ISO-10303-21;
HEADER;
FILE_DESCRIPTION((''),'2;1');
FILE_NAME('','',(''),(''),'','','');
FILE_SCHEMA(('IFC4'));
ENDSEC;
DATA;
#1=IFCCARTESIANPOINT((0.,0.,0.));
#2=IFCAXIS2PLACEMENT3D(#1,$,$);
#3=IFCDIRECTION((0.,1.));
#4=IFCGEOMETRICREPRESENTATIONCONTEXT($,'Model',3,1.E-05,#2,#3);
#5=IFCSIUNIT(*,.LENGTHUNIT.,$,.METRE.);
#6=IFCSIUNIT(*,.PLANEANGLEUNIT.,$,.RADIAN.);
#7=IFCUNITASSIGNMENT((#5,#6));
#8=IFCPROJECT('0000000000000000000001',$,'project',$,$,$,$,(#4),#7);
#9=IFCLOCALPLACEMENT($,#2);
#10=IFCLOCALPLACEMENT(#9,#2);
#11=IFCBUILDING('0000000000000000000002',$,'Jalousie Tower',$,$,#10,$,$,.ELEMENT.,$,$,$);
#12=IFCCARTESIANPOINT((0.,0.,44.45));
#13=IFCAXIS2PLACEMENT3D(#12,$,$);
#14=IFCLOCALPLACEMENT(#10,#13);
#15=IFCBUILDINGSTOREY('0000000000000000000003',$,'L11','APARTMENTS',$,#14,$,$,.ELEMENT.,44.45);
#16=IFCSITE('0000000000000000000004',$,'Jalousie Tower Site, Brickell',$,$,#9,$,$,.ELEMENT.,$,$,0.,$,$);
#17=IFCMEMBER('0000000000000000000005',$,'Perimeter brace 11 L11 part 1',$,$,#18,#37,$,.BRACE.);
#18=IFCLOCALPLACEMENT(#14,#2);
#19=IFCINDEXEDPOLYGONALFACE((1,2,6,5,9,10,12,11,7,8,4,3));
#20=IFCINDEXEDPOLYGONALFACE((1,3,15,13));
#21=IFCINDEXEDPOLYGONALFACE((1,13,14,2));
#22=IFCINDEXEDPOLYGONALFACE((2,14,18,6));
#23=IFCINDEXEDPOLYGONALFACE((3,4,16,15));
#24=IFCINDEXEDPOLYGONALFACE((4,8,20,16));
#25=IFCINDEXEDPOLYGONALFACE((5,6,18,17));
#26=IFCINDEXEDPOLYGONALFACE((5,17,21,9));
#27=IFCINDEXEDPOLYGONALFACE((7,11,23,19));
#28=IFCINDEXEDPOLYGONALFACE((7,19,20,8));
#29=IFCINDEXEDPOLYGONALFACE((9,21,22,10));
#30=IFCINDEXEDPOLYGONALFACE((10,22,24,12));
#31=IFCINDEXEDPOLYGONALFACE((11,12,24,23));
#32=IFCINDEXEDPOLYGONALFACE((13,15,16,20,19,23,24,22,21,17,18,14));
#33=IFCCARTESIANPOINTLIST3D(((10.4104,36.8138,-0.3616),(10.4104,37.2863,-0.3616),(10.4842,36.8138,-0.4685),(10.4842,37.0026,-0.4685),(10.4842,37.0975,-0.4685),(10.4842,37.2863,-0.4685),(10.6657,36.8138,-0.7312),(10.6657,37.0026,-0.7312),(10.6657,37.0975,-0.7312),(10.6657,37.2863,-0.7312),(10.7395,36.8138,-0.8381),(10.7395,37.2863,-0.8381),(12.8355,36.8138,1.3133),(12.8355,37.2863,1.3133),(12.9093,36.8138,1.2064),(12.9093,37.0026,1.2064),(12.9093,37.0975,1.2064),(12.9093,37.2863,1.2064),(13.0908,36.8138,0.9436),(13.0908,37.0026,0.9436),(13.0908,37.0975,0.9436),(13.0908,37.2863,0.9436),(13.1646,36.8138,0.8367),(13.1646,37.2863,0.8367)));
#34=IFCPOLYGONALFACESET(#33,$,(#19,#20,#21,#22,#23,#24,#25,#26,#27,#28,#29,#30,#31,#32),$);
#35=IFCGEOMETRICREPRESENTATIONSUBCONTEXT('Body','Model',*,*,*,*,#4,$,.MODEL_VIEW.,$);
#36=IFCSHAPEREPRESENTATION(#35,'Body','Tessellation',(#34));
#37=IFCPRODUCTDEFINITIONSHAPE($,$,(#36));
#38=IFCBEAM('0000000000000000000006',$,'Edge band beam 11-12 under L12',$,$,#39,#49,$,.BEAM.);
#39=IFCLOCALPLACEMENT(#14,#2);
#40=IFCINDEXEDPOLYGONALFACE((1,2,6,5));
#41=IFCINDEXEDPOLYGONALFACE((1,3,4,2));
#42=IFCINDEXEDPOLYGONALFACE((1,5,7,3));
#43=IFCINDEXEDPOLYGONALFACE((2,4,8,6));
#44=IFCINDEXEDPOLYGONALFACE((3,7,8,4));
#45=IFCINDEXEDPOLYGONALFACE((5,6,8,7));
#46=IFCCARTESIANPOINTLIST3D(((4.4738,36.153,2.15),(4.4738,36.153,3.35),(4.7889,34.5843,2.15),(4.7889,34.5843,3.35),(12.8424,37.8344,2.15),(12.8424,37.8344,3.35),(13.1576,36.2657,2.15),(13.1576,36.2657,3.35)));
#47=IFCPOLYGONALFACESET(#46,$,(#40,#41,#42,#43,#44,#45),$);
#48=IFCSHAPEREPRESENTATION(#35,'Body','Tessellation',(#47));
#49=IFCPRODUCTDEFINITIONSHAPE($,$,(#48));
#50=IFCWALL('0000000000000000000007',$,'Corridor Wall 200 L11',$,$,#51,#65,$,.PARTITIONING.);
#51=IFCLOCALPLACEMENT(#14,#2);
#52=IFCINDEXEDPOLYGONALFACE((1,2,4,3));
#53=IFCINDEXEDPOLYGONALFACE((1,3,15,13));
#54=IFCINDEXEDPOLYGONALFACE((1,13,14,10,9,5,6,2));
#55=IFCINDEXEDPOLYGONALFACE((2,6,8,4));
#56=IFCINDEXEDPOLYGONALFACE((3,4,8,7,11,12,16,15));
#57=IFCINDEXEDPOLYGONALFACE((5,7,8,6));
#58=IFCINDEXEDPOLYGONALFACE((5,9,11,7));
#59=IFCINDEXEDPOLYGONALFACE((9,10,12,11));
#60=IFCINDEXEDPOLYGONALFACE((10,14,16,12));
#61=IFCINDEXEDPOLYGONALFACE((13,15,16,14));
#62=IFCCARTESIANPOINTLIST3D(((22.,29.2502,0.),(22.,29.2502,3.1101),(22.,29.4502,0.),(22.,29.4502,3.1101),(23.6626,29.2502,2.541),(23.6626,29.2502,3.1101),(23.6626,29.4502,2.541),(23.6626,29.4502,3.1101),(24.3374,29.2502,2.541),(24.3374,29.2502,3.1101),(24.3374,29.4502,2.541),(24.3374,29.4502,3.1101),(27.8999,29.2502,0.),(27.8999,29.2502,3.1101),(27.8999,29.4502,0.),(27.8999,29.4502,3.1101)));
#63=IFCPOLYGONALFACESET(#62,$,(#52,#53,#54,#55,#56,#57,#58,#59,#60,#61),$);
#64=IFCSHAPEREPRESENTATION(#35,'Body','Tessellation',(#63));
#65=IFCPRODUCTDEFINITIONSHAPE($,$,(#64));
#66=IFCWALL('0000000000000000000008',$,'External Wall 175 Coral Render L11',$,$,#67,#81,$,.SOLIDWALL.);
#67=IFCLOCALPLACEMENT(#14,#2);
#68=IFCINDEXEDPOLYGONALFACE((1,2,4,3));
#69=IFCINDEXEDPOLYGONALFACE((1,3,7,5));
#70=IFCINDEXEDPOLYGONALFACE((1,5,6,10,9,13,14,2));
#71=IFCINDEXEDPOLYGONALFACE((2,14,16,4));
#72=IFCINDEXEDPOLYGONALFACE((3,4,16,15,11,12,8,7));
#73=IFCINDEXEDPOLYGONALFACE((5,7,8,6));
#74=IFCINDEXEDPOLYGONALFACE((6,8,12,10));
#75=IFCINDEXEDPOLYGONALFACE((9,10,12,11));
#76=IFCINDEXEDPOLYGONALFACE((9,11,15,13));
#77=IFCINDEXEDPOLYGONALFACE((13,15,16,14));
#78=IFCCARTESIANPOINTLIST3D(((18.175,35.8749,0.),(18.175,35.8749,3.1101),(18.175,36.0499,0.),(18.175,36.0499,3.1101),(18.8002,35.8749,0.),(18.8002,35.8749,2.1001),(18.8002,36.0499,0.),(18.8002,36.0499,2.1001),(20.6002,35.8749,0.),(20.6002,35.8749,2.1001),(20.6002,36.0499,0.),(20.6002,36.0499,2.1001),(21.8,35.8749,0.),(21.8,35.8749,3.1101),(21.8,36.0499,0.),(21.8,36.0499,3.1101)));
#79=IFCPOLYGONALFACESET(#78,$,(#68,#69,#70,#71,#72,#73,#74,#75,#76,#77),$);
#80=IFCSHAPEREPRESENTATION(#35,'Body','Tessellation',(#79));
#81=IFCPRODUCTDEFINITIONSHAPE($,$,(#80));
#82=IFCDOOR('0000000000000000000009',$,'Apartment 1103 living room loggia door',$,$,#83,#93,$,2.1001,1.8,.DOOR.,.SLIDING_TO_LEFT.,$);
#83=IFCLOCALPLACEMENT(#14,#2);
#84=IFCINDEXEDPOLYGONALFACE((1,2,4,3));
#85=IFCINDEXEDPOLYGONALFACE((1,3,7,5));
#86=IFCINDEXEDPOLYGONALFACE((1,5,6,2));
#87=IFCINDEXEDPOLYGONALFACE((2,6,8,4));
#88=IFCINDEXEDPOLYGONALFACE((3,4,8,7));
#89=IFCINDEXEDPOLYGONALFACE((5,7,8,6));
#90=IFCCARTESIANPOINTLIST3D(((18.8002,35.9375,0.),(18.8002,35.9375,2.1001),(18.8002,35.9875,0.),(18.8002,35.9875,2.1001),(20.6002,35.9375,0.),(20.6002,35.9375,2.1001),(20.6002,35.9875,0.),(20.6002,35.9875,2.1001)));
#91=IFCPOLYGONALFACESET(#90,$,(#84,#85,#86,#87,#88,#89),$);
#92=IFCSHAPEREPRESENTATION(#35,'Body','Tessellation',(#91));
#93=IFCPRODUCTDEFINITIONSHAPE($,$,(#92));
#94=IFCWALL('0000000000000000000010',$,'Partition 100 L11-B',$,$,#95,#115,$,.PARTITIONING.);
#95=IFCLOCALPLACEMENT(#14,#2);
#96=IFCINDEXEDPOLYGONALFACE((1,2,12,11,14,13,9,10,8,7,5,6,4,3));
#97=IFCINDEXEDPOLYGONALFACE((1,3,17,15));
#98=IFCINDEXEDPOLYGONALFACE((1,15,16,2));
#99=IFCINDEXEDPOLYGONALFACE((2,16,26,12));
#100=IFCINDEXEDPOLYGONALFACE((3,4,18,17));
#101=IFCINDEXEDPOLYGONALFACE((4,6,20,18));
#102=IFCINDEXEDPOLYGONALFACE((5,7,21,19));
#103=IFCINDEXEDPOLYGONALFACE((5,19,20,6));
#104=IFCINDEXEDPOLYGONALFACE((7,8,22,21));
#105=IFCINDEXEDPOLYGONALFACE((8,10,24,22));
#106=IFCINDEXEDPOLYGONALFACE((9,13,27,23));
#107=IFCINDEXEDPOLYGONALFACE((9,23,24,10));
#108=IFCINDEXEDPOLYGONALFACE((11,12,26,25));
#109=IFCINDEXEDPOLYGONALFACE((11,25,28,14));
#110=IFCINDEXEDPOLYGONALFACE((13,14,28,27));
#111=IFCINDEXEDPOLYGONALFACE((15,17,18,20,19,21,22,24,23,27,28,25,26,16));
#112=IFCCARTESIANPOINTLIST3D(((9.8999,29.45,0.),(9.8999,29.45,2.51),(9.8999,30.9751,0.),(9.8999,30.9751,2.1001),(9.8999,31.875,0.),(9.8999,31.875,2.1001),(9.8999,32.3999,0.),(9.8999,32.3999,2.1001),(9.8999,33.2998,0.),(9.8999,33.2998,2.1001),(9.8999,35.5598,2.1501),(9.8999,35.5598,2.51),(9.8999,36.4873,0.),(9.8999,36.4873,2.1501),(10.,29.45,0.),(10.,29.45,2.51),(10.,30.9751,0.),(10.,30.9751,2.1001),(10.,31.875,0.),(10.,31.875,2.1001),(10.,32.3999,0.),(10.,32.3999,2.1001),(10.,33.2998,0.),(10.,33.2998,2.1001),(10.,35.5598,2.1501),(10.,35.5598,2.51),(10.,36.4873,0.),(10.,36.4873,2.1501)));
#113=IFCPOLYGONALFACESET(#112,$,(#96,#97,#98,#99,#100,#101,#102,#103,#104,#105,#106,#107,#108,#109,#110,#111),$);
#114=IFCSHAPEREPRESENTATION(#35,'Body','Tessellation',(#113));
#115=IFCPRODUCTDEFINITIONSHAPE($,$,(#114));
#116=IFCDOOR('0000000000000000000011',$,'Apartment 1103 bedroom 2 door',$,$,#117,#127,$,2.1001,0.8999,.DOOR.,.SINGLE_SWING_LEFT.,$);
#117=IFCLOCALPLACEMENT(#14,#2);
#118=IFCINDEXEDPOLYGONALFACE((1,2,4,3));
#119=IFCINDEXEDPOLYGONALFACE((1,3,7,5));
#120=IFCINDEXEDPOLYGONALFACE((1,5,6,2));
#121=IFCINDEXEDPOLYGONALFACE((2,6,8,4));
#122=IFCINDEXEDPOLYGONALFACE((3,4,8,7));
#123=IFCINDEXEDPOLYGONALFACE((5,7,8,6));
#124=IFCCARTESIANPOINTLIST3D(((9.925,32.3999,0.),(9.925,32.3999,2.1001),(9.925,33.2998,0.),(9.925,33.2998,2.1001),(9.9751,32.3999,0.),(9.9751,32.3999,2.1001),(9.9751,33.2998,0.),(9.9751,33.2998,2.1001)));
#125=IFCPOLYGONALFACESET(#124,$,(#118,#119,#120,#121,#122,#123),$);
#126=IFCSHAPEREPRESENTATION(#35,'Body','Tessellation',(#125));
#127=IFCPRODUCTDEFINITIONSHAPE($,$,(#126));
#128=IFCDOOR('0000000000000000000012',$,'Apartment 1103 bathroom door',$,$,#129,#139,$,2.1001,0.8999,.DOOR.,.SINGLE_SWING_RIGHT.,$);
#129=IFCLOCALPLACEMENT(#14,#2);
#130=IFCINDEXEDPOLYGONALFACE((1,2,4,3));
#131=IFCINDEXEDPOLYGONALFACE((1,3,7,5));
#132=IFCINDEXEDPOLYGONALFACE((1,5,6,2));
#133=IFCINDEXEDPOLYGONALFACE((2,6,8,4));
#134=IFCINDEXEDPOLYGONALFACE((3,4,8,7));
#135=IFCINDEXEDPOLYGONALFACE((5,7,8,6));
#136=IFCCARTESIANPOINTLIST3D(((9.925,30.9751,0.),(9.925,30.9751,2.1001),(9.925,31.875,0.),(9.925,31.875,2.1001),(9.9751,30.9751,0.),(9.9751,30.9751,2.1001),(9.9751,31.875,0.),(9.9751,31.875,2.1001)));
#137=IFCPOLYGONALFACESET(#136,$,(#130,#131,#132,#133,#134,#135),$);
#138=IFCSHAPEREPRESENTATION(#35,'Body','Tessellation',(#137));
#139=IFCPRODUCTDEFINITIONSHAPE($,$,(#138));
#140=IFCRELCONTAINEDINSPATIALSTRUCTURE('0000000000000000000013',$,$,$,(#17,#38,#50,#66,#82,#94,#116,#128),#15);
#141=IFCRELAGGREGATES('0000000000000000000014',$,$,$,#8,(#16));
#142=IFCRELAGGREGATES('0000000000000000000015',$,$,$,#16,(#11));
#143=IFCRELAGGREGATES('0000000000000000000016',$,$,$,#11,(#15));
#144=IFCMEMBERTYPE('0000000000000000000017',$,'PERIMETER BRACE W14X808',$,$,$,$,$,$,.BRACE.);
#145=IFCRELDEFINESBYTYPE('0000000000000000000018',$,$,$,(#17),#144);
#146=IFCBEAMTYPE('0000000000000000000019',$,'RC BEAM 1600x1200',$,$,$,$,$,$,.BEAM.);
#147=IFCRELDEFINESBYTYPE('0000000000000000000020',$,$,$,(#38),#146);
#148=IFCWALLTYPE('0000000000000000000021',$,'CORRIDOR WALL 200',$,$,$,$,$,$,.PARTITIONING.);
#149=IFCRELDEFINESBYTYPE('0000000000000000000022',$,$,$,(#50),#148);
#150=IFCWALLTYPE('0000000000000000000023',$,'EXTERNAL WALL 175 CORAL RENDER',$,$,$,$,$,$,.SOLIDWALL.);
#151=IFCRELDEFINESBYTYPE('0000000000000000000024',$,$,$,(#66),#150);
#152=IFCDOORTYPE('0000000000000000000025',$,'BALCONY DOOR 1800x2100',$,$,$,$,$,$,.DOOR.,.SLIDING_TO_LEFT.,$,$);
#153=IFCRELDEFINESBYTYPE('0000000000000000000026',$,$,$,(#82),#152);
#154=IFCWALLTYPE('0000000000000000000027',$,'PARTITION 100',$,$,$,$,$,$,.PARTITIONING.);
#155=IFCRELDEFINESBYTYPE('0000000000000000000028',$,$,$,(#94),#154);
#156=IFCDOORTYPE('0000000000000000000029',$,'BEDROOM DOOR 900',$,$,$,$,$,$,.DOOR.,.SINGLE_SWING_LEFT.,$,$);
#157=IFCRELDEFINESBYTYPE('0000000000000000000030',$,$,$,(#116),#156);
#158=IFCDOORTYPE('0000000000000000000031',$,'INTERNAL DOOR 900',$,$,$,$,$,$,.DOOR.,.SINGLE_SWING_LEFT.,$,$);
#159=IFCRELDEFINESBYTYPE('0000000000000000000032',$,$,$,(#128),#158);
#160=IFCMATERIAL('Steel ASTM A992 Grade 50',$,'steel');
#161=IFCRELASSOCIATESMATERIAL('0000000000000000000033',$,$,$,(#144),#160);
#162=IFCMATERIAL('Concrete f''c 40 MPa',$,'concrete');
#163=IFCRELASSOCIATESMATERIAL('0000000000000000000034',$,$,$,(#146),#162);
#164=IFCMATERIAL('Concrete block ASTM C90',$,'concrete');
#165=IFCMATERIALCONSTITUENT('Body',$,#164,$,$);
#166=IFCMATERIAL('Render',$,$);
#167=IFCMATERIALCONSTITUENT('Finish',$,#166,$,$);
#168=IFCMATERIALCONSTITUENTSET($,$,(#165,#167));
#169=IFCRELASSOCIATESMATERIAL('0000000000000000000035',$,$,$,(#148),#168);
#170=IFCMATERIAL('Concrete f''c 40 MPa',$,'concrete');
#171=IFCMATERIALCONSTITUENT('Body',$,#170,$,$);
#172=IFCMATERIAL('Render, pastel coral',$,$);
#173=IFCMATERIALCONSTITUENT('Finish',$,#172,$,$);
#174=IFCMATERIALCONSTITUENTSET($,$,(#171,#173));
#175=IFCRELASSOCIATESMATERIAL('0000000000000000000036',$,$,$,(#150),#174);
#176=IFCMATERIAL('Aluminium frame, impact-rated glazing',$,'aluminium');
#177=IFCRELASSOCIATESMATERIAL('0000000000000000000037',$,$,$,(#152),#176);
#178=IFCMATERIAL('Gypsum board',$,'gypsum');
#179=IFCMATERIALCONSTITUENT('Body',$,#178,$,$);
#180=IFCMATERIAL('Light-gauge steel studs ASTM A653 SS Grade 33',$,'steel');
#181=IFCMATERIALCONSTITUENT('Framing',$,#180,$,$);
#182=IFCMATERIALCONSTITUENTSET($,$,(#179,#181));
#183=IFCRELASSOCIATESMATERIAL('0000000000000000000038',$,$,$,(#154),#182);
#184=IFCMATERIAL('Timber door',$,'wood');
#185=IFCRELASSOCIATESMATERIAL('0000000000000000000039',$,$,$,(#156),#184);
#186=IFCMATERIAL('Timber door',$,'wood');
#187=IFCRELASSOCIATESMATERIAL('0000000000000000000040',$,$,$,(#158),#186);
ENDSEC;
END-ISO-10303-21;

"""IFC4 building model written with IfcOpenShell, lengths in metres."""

from ifc_helpers import new_model, si_unit, direction, frame, frame_2d, origin, origin_2d, place, context, subcontext, project, spatial, polyline, rectangle, i_section, outline, extrude, material, constituent, constituent_set, material_profile, profile_set, type_object, element, fill, save


model = new_model("IFC4")

# Units and contexts
model_context = context("Model", 3, precision=1e-05, world=origin(), true_north=direction((0.0, 1.0)))
body_context = subcontext(model_context, "Body", "Model", "MODEL_VIEW")
ifc_project = project(units=[si_unit("LENGTHUNIT", "METRE"), si_unit("PLANEANGLEUNIT", "RADIAN")], contexts=[model_context])

# Site, building, storey
site_placement = place(None, origin())
site = spatial("IfcSite", under=ifc_project, at=site_placement, Name="Jalousie Tower Site, Brickell", CompositionType="ELEMENT", RefElevation=0.0)
building_placement = place(site_placement, origin())
building = spatial("IfcBuilding", under=site, at=building_placement, Name="Jalousie Tower", CompositionType="ELEMENT")
storey_placement = place(building_placement, frame((0.0, 0.0, 44.45)))
storey = spatial("IfcBuildingStorey", under=building, at=storey_placement, Name="L11", Description="APARTMENTS", CompositionType="ELEMENT", Elevation=44.45)

# Member
ifc_material_1 = material(Name="Steel ASTM A992 Grade 50", Category="steel")
ifc_material_profile_1 = material_profile(ifc_material_1, i_section(OverallWidth=0.4724, OverallDepth=0.5791, WebThickness=0.095, FlangeThickness=0.1299, at=origin_2d()), Name="W14X808")
ifc_profile_set_1 = profile_set([ifc_material_profile_1], Name="Steel ASTM A992 Grade 50")
member_type = type_object("IfcMemberType", Name="PERIMETER BRACE W14X808", PredefinedType="BRACE", material=ifc_profile_set_1)
member_placement = place(storey_placement, frame((10.575, 37.05, -0.5999), z_axis=(0.822839, 0.0, 0.568275), x_axis=(0.0, 1.0, 0.0)))
element("IfcMember", 1, at=member_placement, inside=storey, type_object=member_type, Name="Perimeter brace 11 L11 part 1", PredefinedType="BRACE", context=body_context, shape_type="SweptSolid", body=[
    extrude(i_section(OverallWidth=0.4724, OverallDepth=0.5791, WebThickness=0.095, FlangeThickness=0.1299, at=origin_2d()), origin(), (0.0, 0.0, 1.0), 2.9473),
])

# Beam
ifc_material_2 = material(Name="Concrete f'c 40 MPa", Category="concrete")
ifc_material_profile_2 = material_profile(ifc_material_2, rectangle(XDim=1.6001, YDim=1.2, at=origin_2d()), Name="RC 1600x1200")
ifc_profile_set_2 = profile_set([ifc_material_profile_2], Name="Concrete f'c 40 MPa")
beam_type = type_object("IfcBeamType", Name="RC BEAM 1600x1200", PredefinedType="BEAM", material=ifc_profile_set_2)
beam_placement = place(storey_placement, frame((13.0, 37.05, 2.75), z_axis=(-0.980408, -0.19698, 0.0), x_axis=(0.19698, -0.980408, 0.0)))
element("IfcBeam", 2, at=beam_placement, inside=storey, type_object=beam_type, Name="Edge band beam 11-12 under L12", PredefinedType="BEAM", context=body_context, shape_type="SweptSolid", body=[
    extrude(rectangle(XDim=1.6001, YDim=1.2, at=origin_2d()), origin(), (0.0, 0.0, 1.0), 8.5359),
])

# Wall
ifc_material_3 = material(Name="Concrete block ASTM C90", Category="concrete")
ifc_constituent_1 = constituent(ifc_material_3, Name="Body")
ifc_material_4 = material(Name="Render")
ifc_constituent_2 = constituent(ifc_material_4, Name="Finish")
ifc_constituent_set_1 = constituent_set(constituents=[ifc_constituent_1, ifc_constituent_2])
wall_type_1 = type_object("IfcWallType", Name="CORRIDOR WALL 200", PredefinedType="PARTITIONING", material=ifc_constituent_set_1)
wall_1_placement = place(storey_placement, frame((22.0, 29.3501, 0.0), z_axis=(0.0, 0.0, 1.0), x_axis=(1.0, 0.0, 0.0)))
element("IfcWall", 3, at=wall_1_placement, inside=storey, type_object=wall_type_1, Name="Corridor Wall 200 L11", PredefinedType="PARTITIONING", context=body_context, shape_type="SweptSolid", body=[
    extrude(outline(polyline([(0.0, 0.0), (5.8999, 0.0), (5.8999, 3.1101), (2.3374, 3.1101), (2.3374, 2.541), (1.6626, 2.541), (1.6626, 3.1101), (0.0, 3.1101), (0.0, 0.0)])), frame((0.0, 0.1001, 0.0), z_axis=(0.0, -1.0, 0.0), x_axis=(1.0, 0.0, 0.0)), (0.0, 0.0, 1.0), 0.2),
])

# Wall, opening, door
ifc_material_5 = material(Name="Concrete f'c 40 MPa", Category="concrete")
ifc_constituent_3 = constituent(ifc_material_5, Name="Body")
ifc_material_6 = material(Name="Render, pastel coral")
ifc_constituent_4 = constituent(ifc_material_6, Name="Finish")
ifc_constituent_set_2 = constituent_set(constituents=[ifc_constituent_3, ifc_constituent_4])
wall_type_2 = type_object("IfcWallType", Name="EXTERNAL WALL 175 CORAL RENDER", PredefinedType="SOLIDWALL", material=ifc_constituent_set_2)
wall_2_placement = place(storey_placement, frame((21.8, 35.9624, 0.0), z_axis=(0.0, 0.0, 1.0), x_axis=(-1.0, 0.0, 0.0)))
wall_2 = element("IfcWall", 4, at=wall_2_placement, inside=storey, type_object=wall_type_2, Name="External Wall 175 Coral Render L11", PredefinedType="SOLIDWALL", context=body_context, shape_type="SweptSolid", body=[
    extrude(rectangle(XDim=3.625, YDim=0.175, at=frame_2d((1.8125, 0.0))), origin(), (0.0, 0.0, 1.0), 3.1101),
])
opening_1_placement = place(wall_2_placement, frame((1.2, 0.0, 0.0)))
opening_1 = element("IfcOpeningElement", 5, at=opening_1_placement, cuts=wall_2, PredefinedType="OPENING", context=body_context, shape_type="SweptSolid", body=[
    extrude(rectangle(XDim=1.8, YDim=2.1001, at=frame_2d((0.8999, 1.05))), frame((0.0, 0.0974, 0.0), z_axis=(0.0, -1.0, 0.0), x_axis=(1.0, 0.0, 0.0)), (0.0, 0.0, 1.0), 0.1951),
])
ifc_material_7 = material(Name="Aluminium frame, impact-rated glazing", Category="aluminium")
door_type_1 = type_object("IfcDoorType", Name="BALCONY DOOR 1800x2100", OperationType="SLIDING_TO_LEFT", PredefinedType="DOOR", material=ifc_material_7)
door_1_placement = place(opening_1_placement, origin())
door_1 = element("IfcDoor", 6, at=door_1_placement, inside=storey, type_object=door_type_1, Name="Apartment 1103 living room loggia door", OperationType="SLIDING_TO_LEFT", OverallHeight=2.1001, OverallWidth=1.8, PredefinedType="DOOR", context=body_context, shape_type="SweptSolid", body=[
    extrude(rectangle(XDim=1.8, YDim=2.1001, at=frame_2d((0.8999, 1.05))), frame((0.0, 0.0249, 0.0), z_axis=(0.0, -1.0, 0.0), x_axis=(1.0, 0.0, 0.0)), (0.0, 0.0, 1.0), 0.05),
])
fill(opening_1, door_1)

# Wall, openings, doors
ifc_material_8 = material(Name="Gypsum board", Category="gypsum")
ifc_constituent_5 = constituent(ifc_material_8, Name="Body")
ifc_material_9 = material(Name="Light-gauge steel studs ASTM A653 SS Grade 33", Category="steel")
ifc_constituent_6 = constituent(ifc_material_9, Name="Framing")
ifc_constituent_set_3 = constituent_set(constituents=[ifc_constituent_5, ifc_constituent_6])
wall_type_3 = type_object("IfcWallType", Name="PARTITION 100", PredefinedType="PARTITIONING", material=ifc_constituent_set_3)
wall_3_placement = place(storey_placement, frame((9.95, 36.4873, 0.0), z_axis=(0.0, 0.0, 1.0), x_axis=(0.0, -1.0, 0.0)))
wall_3 = element("IfcWall", 7, at=wall_3_placement, inside=storey, type_object=wall_type_3, Name="Partition 100 L11-B", PredefinedType="PARTITIONING", context=body_context, shape_type="SweptSolid", body=[
    extrude(outline(polyline([(0.0, 0.0), (7.0374, 0.0), (7.0374, 2.51), (0.9275, 2.51), (0.9275, 2.1501), (0.0, 2.1501), (0.0, 0.0)])), frame((0.0, 0.05, 0.0), z_axis=(0.0, -1.0, 0.0), x_axis=(1.0, 0.0, 0.0)), (0.0, 0.0, 1.0), 0.1001),
])
opening_2_placement = place(wall_3_placement, frame((3.1875, 0.0, 0.0)))
opening_2 = element("IfcOpeningElement", 8, at=opening_2_placement, cuts=wall_3, PredefinedType="OPENING", context=body_context, shape_type="SweptSolid", body=[
    extrude(rectangle(XDim=0.8999, YDim=2.1001, at=frame_2d((0.45, 1.05))), frame((0.0, 0.0601, 0.0), z_axis=(0.0, -1.0, 0.0), x_axis=(1.0, 0.0, 0.0)), (0.0, 0.0, 1.0), 0.1201),
])
opening_3_placement = place(wall_3_placement, frame((4.6123, 0.0, 0.0)))
opening_3 = element("IfcOpeningElement", 9, at=opening_3_placement, cuts=wall_3, PredefinedType="OPENING", context=body_context, shape_type="SweptSolid", body=[
    extrude(rectangle(XDim=0.8999, YDim=2.1001, at=frame_2d((0.45, 1.05))), frame((0.0, 0.0601, 0.0), z_axis=(0.0, -1.0, 0.0), x_axis=(1.0, 0.0, 0.0)), (0.0, 0.0, 1.0), 0.1201),
])
ifc_material_10 = material(Name="Timber door", Category="wood")
door_type_2 = type_object("IfcDoorType", Name="BEDROOM DOOR 900", OperationType="SINGLE_SWING_LEFT", PredefinedType="DOOR", material=ifc_material_10)
door_2_placement = place(opening_2_placement, frame((0.8999, 0.0, 0.0), z_axis=(0.0, 0.0, 1.0), x_axis=(-1.0, 0.0, 0.0)))
door_2 = element("IfcDoor", 10, at=door_2_placement, inside=storey, type_object=door_type_2, Name="Apartment 1103 bedroom 2 door", OperationType="SINGLE_SWING_LEFT", OverallHeight=2.1001, OverallWidth=0.8999, PredefinedType="DOOR", context=body_context, shape_type="SweptSolid", body=[
    extrude(rectangle(XDim=0.8999, YDim=2.1001, at=frame_2d((0.45, 1.05))), frame((0.0, 0.0249, 0.0), z_axis=(0.0, -1.0, 0.0), x_axis=(1.0, 0.0, 0.0)), (0.0, 0.0, 1.0), 0.05),
])
fill(opening_2, door_2)
ifc_material_11 = material(Name="Timber door", Category="wood")
door_type_3 = type_object("IfcDoorType", Name="INTERNAL DOOR 900", OperationType="SINGLE_SWING_LEFT", PredefinedType="DOOR", material=ifc_material_11)
door_3_placement = place(opening_3_placement, frame((0.8999, 0.0, 0.0), z_axis=(0.0, 0.0, 1.0), x_axis=(-1.0, 0.0, 0.0)))
door_3 = element("IfcDoor", 11, at=door_3_placement, inside=storey, type_object=door_type_3, Name="Apartment 1103 bathroom door", OperationType="SINGLE_SWING_RIGHT", OverallHeight=2.1001, OverallWidth=0.8999, PredefinedType="DOOR", context=body_context, shape_type="SweptSolid", body=[
    extrude(rectangle(XDim=0.8999, YDim=2.1001, at=frame_2d((0.45, 1.05))), frame((0.0, 0.0249, 0.0), z_axis=(0.0, -1.0, 0.0), x_axis=(1.0, 0.0, 0.0)), (0.0, 0.0, 1.0), 0.05),
])
fill(opening_3, door_3)

save(model, "model.ifc")
